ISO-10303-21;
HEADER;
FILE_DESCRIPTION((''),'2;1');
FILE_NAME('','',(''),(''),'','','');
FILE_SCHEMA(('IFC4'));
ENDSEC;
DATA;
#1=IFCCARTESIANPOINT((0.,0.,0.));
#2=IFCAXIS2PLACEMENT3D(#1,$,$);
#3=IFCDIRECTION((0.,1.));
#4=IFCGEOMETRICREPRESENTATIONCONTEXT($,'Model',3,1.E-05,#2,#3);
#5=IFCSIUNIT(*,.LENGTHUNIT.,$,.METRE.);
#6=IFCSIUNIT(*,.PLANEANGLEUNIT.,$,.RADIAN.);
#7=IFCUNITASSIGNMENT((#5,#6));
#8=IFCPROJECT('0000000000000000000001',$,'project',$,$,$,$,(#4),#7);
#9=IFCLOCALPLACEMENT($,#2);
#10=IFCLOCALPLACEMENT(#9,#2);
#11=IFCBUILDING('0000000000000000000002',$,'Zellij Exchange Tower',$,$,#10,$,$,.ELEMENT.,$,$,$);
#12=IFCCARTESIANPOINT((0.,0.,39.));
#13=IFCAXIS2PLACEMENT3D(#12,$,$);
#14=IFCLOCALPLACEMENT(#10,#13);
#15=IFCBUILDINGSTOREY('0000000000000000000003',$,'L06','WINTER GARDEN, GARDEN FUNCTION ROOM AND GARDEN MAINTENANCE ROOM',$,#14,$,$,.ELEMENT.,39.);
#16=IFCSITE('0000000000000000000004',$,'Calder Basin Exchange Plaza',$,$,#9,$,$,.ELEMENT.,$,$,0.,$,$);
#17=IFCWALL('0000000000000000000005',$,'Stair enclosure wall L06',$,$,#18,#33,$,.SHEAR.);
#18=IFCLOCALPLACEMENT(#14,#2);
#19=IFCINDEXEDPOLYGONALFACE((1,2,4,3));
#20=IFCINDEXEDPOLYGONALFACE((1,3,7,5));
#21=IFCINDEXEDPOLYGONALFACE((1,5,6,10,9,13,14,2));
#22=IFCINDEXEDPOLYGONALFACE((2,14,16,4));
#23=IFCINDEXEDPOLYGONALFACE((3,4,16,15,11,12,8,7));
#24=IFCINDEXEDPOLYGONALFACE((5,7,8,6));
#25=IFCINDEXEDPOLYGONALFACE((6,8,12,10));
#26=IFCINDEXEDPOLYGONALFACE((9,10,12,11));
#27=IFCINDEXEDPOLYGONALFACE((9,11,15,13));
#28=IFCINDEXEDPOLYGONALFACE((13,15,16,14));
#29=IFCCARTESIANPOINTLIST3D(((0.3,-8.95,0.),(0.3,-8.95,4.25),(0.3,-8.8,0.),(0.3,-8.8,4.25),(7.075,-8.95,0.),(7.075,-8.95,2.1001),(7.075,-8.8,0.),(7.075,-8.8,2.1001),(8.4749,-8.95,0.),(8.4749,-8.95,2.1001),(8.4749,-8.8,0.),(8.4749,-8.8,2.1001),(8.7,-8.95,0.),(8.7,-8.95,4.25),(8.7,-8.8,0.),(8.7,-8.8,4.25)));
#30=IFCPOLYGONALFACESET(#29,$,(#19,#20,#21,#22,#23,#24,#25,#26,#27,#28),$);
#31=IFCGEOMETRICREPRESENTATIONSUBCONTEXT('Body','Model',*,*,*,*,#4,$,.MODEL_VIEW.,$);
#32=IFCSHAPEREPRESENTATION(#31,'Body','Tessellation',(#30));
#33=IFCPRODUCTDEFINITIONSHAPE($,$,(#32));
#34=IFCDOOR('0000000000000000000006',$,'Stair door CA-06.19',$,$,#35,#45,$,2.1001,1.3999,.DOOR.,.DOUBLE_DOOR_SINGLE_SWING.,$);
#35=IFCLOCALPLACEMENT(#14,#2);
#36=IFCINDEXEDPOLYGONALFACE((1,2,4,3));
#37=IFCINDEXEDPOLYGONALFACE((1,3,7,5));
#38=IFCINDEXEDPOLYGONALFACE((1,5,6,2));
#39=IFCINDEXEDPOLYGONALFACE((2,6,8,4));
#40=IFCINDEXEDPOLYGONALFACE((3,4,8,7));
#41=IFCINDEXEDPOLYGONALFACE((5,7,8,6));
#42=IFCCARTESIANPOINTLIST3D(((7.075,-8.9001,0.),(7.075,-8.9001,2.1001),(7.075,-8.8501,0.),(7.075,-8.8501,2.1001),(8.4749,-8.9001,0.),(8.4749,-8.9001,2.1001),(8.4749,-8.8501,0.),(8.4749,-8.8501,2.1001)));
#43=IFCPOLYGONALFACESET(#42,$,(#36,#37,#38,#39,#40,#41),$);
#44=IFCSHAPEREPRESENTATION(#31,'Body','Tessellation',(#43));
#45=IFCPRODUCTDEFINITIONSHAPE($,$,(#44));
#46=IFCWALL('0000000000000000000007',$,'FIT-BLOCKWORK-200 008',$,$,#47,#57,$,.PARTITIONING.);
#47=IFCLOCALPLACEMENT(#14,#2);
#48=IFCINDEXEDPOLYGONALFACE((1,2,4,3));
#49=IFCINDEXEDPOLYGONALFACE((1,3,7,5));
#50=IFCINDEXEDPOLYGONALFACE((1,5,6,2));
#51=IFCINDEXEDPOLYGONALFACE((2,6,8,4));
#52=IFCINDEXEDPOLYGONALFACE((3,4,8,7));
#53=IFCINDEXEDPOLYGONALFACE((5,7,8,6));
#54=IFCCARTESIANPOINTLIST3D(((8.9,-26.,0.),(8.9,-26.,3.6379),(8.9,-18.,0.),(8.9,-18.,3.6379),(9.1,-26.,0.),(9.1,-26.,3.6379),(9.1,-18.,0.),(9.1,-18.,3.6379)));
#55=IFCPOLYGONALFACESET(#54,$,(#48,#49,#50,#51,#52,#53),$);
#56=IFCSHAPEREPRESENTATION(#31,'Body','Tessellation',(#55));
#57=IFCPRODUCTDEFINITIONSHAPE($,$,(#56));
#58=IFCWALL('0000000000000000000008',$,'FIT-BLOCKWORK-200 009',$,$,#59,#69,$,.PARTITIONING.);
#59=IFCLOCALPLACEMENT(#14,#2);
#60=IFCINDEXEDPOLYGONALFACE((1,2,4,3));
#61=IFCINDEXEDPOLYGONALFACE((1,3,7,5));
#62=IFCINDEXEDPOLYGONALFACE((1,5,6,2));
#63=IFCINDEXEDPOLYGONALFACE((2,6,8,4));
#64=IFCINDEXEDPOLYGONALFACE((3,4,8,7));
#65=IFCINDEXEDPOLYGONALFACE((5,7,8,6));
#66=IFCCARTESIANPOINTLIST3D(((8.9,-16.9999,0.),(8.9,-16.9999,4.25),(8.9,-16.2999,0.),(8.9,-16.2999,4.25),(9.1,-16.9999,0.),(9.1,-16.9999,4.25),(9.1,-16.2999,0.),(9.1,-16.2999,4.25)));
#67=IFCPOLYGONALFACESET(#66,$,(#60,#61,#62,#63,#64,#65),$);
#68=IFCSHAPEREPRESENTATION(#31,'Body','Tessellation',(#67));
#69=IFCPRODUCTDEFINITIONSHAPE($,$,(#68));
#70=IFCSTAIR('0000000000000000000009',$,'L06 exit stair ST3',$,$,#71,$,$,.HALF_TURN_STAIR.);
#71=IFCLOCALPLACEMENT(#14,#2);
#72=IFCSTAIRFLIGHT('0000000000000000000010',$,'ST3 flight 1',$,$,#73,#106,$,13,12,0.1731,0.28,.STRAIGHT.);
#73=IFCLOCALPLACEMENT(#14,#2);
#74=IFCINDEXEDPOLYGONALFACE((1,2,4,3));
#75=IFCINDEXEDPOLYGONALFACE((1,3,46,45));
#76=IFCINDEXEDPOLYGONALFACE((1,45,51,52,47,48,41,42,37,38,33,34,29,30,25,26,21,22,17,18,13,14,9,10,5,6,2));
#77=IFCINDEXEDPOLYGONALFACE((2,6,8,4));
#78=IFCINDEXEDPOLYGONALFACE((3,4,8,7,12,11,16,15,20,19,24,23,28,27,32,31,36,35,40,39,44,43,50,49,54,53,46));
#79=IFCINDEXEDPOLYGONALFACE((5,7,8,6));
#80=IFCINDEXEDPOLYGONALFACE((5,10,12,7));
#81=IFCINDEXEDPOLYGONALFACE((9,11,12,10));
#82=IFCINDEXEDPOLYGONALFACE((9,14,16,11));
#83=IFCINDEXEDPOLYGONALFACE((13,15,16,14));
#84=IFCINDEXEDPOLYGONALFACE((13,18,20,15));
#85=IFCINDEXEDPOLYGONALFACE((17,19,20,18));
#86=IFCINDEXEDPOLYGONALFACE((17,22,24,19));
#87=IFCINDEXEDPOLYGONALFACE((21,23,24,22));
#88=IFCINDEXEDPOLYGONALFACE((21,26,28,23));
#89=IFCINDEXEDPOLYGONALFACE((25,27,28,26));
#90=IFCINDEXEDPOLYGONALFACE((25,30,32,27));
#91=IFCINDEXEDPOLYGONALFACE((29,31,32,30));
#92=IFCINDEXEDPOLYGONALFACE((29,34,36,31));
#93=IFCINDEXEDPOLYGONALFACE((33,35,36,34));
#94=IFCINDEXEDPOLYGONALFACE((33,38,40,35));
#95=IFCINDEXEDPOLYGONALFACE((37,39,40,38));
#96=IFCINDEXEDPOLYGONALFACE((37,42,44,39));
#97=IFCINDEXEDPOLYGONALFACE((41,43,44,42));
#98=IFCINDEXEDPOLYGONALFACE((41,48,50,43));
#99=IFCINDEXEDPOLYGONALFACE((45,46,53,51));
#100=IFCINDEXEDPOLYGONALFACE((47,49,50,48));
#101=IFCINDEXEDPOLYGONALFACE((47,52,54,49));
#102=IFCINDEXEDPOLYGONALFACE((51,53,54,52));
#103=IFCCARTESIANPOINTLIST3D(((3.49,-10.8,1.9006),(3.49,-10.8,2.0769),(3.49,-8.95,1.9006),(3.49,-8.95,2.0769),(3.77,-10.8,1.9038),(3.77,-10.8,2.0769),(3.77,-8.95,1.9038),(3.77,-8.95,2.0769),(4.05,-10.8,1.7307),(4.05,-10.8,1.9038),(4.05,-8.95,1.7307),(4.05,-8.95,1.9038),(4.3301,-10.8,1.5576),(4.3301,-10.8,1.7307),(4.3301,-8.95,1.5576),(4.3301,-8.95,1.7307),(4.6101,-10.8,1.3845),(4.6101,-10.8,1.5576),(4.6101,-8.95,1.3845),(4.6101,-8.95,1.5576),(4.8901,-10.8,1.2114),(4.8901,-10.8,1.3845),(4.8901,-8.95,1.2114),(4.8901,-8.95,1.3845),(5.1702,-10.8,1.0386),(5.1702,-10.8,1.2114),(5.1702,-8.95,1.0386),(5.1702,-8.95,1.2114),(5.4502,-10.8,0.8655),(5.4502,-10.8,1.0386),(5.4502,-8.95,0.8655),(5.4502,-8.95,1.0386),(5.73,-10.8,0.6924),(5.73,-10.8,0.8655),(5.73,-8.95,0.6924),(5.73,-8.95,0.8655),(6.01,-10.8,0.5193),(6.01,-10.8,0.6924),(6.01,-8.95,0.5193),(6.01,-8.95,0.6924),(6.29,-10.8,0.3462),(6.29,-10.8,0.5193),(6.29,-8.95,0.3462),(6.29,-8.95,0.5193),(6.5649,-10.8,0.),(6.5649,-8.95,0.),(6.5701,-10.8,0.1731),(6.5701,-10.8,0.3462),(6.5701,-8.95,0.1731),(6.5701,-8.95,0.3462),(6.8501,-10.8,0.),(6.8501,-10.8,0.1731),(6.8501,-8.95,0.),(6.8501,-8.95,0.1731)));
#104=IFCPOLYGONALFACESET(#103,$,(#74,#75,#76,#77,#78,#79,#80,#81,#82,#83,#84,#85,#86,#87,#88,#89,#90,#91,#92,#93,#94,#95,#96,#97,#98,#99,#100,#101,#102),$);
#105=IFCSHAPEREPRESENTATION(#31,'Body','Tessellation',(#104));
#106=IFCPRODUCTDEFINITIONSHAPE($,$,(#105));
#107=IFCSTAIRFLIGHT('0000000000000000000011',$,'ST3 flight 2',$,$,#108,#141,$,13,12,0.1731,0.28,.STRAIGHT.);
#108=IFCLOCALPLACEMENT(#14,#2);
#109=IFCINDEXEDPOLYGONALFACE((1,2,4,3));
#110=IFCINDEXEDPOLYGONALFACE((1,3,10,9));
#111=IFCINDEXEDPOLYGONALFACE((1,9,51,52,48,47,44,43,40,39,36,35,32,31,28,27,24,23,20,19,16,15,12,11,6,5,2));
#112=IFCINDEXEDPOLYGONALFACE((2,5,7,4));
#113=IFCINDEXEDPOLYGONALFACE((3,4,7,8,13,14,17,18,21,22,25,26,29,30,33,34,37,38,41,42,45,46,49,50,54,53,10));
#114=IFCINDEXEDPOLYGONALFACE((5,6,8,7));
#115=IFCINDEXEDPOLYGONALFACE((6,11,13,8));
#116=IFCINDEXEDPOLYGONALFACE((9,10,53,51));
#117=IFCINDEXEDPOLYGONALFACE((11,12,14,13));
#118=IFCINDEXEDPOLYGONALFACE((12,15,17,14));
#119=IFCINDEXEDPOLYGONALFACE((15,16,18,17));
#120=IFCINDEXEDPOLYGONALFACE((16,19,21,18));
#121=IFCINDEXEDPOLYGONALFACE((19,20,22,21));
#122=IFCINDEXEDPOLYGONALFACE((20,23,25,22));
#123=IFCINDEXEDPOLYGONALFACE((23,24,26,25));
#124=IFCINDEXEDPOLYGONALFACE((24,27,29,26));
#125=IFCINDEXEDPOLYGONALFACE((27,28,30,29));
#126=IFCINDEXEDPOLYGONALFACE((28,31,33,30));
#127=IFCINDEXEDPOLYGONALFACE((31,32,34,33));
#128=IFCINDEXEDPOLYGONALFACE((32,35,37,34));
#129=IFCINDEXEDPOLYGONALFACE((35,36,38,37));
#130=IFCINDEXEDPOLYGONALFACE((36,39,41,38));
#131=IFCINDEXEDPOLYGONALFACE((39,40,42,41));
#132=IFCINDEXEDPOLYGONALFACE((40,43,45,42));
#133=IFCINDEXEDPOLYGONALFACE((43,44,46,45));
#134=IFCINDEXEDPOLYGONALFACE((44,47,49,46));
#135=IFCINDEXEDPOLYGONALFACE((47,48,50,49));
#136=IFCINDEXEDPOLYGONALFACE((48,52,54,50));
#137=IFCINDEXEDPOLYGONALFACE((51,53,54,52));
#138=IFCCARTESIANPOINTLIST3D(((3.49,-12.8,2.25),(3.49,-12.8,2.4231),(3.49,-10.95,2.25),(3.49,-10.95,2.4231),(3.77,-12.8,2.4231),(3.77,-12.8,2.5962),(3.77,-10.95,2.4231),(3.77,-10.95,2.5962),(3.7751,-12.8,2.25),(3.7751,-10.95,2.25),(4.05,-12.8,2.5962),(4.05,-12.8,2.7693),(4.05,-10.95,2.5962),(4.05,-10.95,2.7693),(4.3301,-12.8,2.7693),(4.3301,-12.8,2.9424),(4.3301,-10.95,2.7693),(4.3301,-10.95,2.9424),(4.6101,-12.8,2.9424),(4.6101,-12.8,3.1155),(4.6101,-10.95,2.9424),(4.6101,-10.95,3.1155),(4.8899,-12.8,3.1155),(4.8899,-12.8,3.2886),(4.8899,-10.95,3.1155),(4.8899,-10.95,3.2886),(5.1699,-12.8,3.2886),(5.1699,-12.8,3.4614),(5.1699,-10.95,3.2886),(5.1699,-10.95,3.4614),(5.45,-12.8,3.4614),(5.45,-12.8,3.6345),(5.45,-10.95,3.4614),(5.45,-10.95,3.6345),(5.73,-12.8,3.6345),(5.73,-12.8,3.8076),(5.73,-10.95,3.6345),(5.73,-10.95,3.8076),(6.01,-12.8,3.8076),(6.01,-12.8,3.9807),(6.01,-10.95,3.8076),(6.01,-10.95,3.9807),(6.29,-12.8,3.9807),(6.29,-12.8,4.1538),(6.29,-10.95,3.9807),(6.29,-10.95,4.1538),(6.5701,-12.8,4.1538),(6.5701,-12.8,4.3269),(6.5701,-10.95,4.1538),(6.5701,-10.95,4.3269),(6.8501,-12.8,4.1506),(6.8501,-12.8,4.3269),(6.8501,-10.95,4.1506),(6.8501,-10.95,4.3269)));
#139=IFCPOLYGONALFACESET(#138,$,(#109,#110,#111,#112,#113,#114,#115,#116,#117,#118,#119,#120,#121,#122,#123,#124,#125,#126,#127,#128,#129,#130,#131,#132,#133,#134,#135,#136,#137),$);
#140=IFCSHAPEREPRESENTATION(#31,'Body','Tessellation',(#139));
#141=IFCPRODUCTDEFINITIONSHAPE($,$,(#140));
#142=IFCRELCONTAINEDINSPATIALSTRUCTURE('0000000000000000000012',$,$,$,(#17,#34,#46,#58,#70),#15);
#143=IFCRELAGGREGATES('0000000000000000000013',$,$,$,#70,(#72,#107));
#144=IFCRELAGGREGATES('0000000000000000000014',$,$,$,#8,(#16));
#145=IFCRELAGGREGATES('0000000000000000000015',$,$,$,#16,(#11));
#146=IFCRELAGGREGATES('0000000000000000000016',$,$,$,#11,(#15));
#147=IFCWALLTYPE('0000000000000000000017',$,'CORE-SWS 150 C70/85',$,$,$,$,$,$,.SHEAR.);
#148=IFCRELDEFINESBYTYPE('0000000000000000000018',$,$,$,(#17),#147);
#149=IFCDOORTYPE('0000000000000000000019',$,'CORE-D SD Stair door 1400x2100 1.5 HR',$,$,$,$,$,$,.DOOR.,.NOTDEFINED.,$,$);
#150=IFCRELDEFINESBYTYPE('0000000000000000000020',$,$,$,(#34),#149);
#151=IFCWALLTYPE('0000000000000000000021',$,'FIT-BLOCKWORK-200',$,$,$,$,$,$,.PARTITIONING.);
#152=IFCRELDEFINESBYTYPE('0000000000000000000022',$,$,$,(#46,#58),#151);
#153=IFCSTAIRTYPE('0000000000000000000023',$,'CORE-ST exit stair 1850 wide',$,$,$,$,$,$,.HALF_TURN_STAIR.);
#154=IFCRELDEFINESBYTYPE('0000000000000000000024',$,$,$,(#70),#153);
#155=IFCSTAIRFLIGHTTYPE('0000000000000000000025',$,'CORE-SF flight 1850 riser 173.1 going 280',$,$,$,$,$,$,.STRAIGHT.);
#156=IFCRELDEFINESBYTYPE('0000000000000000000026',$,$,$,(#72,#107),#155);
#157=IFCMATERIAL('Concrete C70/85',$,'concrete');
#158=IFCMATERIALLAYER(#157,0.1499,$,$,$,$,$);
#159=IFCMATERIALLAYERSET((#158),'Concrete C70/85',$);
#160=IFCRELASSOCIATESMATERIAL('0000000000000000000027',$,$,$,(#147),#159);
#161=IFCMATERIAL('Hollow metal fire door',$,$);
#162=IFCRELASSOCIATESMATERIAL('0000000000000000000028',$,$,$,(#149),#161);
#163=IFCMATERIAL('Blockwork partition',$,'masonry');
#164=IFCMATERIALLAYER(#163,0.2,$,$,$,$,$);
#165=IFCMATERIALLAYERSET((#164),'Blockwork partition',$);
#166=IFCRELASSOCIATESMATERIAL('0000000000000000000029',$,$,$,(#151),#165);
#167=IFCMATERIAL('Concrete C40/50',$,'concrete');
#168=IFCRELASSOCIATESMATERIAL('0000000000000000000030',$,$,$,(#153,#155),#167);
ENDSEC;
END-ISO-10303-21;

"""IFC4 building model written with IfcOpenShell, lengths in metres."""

from ifc_helpers import new_model, si_unit, direction, frame, frame_2d, origin, place, context, subcontext, project, spatial, polyline, rectangle, outline, extrude, material, layer, layer_set, type_object, element, fill, aggregate, save


model = new_model("IFC4")

# Units and contexts
model_context = context("Model", 3, precision=1e-05, world=origin(), true_north=direction((0.0, 1.0)))
body_context = subcontext(model_context, "Body", "Model", "MODEL_VIEW")
ifc_project = project(units=[si_unit("LENGTHUNIT", "METRE"), si_unit("PLANEANGLEUNIT", "RADIAN")], contexts=[model_context])

# Site, building, storey
site_placement = place(None, origin())
site = spatial("IfcSite", under=ifc_project, at=site_placement, Name="Calder Basin Exchange Plaza", CompositionType="ELEMENT", RefElevation=0.0)
building_placement = place(site_placement, origin())
building = spatial("IfcBuilding", under=site, at=building_placement, Name="Zellij Exchange Tower", CompositionType="ELEMENT")
storey_placement = place(building_placement, frame((0.0, 0.0, 39.0)))
storey = spatial("IfcBuildingStorey", under=building, at=storey_placement, Name="L06", Description="WINTER GARDEN, GARDEN FUNCTION ROOM AND GARDEN MAINTENANCE ROOM", CompositionType="ELEMENT", Elevation=39.0)

# Shared definitions
ifc_material_1 = material(Name="Concrete C70/85", Category="concrete")

# Wall, opening, door
ifc_material_2 = material(Name="Hollow metal fire door")
ifc_layer_1 = layer(ifc_material_1, 0.1499)
ifc_layer_set_1 = layer_set([ifc_layer_1], Name="Concrete C70/85")
wall_type_1 = type_object("IfcWallType", Name="CORE-SWS 150 C70/85", PredefinedType="SHEAR", material=ifc_layer_set_1)
wall_1_placement = place(storey_placement, frame((0.3, -8.875, 0.0), z_axis=(0.0, 0.0, 1.0), x_axis=(1.0, 0.0, 0.0)))
wall_1 = element("IfcWall", 1, at=wall_1_placement, inside=storey, type_object=wall_type_1, Name="Stair enclosure wall L06", PredefinedType="SHEAR", context=body_context, shape_type="SweptSolid", body=[
    extrude(rectangle(XDim=8.3999, YDim=0.1499, at=frame_2d((4.2, 0.0))), origin(), (0.0, 0.0, 1.0), 4.25),
])
opening_1_placement = place(wall_1_placement, frame((6.7749, 0.0, 0.0)))
opening_1 = element("IfcOpeningElement", 2, at=opening_1_placement, cuts=wall_1, PredefinedType="OPENING", context=body_context, shape_type="SweptSolid", body=[
    extrude(rectangle(XDim=1.3999, YDim=2.1001, at=frame_2d((0.7, 1.05))), frame((0.0, 0.0869, 0.0), z_axis=(0.0, -1.0, 0.0), x_axis=(1.0, 0.0, 0.0)), (0.0, 0.0, 1.0), 0.1738),
])
door_type_1 = type_object("IfcDoorType", Name="CORE-D SD Stair door 1400x2100 1.5 HR", OperationType="NOTDEFINED", PredefinedType="DOOR", material=ifc_material_2)
door_1_placement = place(opening_1_placement, origin())
door_1 = element("IfcDoor", 3, at=door_1_placement, inside=storey, type_object=door_type_1, Name="Stair door CA-06.19", OperationType="DOUBLE_DOOR_SINGLE_SWING", OverallHeight=2.1001, OverallWidth=1.3999, PredefinedType="DOOR", context=body_context, shape_type="SweptSolid", body=[
    extrude(rectangle(XDim=1.3999, YDim=2.1001, at=frame_2d((0.7, 1.05))), frame((0.0, 0.0249, 0.0), z_axis=(0.0, -1.0, 0.0), x_axis=(1.0, 0.0, 0.0)), (0.0, 0.0, 1.0), 0.05),
])
fill(opening_1, door_1)

# Walls
ifc_material_3 = material(Name="Blockwork partition", Category="masonry")
ifc_layer_2 = layer(ifc_material_3, 0.2)
ifc_layer_set_2 = layer_set([ifc_layer_2], Name="Blockwork partition")
wall_type_2 = type_object("IfcWallType", Name="FIT-BLOCKWORK-200", PredefinedType="PARTITIONING", material=ifc_layer_set_2)
wall_2_placement = place(storey_placement, frame((9.0, -26.0, 0.0), z_axis=(0.0, 0.0, 1.0), x_axis=(0.0, 1.0, 0.0)))
element("IfcWall", 4, at=wall_2_placement, inside=storey, type_object=wall_type_2, Name="FIT-BLOCKWORK-200 008", PredefinedType="PARTITIONING", context=body_context, shape_type="SweptSolid", body=[
    extrude(rectangle(XDim=8.0, YDim=0.2, at=frame_2d((4.0, 0.0))), origin(), (0.0, 0.0, 1.0), 3.6379),
])
wall_3_placement = place(storey_placement, frame((9.0, -17.0, 0.0), z_axis=(0.0, 0.0, 1.0), x_axis=(0.0, 1.0, 0.0)))
element("IfcWall", 5, at=wall_3_placement, inside=storey, type_object=wall_type_2, Name="FIT-BLOCKWORK-200 009", PredefinedType="PARTITIONING", context=body_context, shape_type="SweptSolid", body=[
    extrude(rectangle(XDim=0.7, YDim=0.2, at=frame_2d((0.3501, 0.0))), origin(), (0.0, 0.0, 1.0), 4.25),
])

# Stair, stair flights
ifc_material_4 = material(Name="Concrete C40/50", Category="concrete")
stair_type = type_object("IfcStairType", Name="CORE-ST exit stair 1850 wide", PredefinedType="HALF_TURN_STAIR", material=ifc_material_4)
stair_placement = place(storey_placement, origin())
stair = element("IfcStair", 6, at=stair_placement, inside=storey, type_object=stair_type, Name="L06 exit stair ST3", PredefinedType="HALF_TURN_STAIR")
stair_flight_type = type_object("IfcStairFlightType", Name="CORE-SF flight 1850 riser 173.1 going 280", PredefinedType="STRAIGHT", material=ifc_material_4)
stair_flight_1_placement = place(storey_placement, frame((6.8501, -9.875, 0.0), z_axis=(0.0, 0.0, 1.0), x_axis=(-1.0, 0.0, 0.0)))
stair_flight_1 = element("IfcStairFlight", 7, at=stair_flight_1_placement, type_object=stair_flight_type, Name="ST3 flight 1", NumberOfRisers=13, NumberOfTreads=12, PredefinedType="STRAIGHT", RiserHeight=0.1731, TreadLength=0.28, context=body_context, shape_type="SweptSolid", body=[
    extrude(outline(polyline([(0.0, 0.0), (0.0, 0.1731), (0.28, 0.1731), (0.28, 0.3462), (0.5601, 0.3462), (0.5601, 0.5193), (0.8401, 0.5193), (0.8401, 0.6924), (1.1201, 0.6924), (1.1201, 0.8655), (1.3999, 0.8655), (1.3999, 1.0386), (1.6799, 1.0386), (1.6799, 1.2114), (1.96, 1.2114), (1.96, 1.3845), (2.24, 1.3845), (2.24, 1.5576), (2.52, 1.5576), (2.52, 1.7307), (2.8, 1.7307), (2.8, 1.9038), (3.0801, 1.9038), (3.0801, 2.0769), (3.3601, 2.0769), (3.3601, 2.25), (3.3601, 1.9006), (0.2852, 0.0), (0.0, 0.0)])), frame((0.0, 0.925, 0.0), z_axis=(0.0, -1.0, 0.0), x_axis=(1.0, 0.0, 0.0)), (0.0, 0.0, 1.0), 1.8501),
])
stair_flight_2_placement = place(storey_placement, frame((3.49, -11.875, 2.25), z_axis=(0.0, 0.0, 1.0), x_axis=(1.0, 0.0, 0.0)))
stair_flight_2 = element("IfcStairFlight", 8, at=stair_flight_2_placement, type_object=stair_flight_type, Name="ST3 flight 2", NumberOfRisers=13, NumberOfTreads=12, PredefinedType="STRAIGHT", RiserHeight=0.1731, TreadLength=0.28, context=body_context, shape_type="SweptSolid", body=[
    extrude(outline(polyline([(0.0, 0.0), (0.0, 0.1731), (0.28, 0.1731), (0.28, 0.3462), (0.5601, 0.3462), (0.5601, 0.5193), (0.8401, 0.5193), (0.8401, 0.6924), (1.1201, 0.6924), (1.1201, 0.8655), (1.3999, 0.8655), (1.3999, 1.0386), (1.6799, 1.0386), (1.6799, 1.2114), (1.96, 1.2114), (1.96, 1.3845), (2.24, 1.3845), (2.24, 1.5576), (2.52, 1.5576), (2.52, 1.7307), (2.8, 1.7307), (2.8, 1.9038), (3.0801, 1.9038), (3.0801, 2.0769), (3.3601, 2.0769), (3.3601, 2.25), (3.3601, 1.9006), (0.2852, 0.0), (0.0, 0.0)])), frame((0.0, 0.925, 0.0), z_axis=(0.0, -1.0, 0.0), x_axis=(1.0, 0.0, 0.0)), (0.0, 0.0, 1.0), 1.8501),
])
aggregate(stair, [stair_flight_1, stair_flight_2])

save(model, "model.ifc")
